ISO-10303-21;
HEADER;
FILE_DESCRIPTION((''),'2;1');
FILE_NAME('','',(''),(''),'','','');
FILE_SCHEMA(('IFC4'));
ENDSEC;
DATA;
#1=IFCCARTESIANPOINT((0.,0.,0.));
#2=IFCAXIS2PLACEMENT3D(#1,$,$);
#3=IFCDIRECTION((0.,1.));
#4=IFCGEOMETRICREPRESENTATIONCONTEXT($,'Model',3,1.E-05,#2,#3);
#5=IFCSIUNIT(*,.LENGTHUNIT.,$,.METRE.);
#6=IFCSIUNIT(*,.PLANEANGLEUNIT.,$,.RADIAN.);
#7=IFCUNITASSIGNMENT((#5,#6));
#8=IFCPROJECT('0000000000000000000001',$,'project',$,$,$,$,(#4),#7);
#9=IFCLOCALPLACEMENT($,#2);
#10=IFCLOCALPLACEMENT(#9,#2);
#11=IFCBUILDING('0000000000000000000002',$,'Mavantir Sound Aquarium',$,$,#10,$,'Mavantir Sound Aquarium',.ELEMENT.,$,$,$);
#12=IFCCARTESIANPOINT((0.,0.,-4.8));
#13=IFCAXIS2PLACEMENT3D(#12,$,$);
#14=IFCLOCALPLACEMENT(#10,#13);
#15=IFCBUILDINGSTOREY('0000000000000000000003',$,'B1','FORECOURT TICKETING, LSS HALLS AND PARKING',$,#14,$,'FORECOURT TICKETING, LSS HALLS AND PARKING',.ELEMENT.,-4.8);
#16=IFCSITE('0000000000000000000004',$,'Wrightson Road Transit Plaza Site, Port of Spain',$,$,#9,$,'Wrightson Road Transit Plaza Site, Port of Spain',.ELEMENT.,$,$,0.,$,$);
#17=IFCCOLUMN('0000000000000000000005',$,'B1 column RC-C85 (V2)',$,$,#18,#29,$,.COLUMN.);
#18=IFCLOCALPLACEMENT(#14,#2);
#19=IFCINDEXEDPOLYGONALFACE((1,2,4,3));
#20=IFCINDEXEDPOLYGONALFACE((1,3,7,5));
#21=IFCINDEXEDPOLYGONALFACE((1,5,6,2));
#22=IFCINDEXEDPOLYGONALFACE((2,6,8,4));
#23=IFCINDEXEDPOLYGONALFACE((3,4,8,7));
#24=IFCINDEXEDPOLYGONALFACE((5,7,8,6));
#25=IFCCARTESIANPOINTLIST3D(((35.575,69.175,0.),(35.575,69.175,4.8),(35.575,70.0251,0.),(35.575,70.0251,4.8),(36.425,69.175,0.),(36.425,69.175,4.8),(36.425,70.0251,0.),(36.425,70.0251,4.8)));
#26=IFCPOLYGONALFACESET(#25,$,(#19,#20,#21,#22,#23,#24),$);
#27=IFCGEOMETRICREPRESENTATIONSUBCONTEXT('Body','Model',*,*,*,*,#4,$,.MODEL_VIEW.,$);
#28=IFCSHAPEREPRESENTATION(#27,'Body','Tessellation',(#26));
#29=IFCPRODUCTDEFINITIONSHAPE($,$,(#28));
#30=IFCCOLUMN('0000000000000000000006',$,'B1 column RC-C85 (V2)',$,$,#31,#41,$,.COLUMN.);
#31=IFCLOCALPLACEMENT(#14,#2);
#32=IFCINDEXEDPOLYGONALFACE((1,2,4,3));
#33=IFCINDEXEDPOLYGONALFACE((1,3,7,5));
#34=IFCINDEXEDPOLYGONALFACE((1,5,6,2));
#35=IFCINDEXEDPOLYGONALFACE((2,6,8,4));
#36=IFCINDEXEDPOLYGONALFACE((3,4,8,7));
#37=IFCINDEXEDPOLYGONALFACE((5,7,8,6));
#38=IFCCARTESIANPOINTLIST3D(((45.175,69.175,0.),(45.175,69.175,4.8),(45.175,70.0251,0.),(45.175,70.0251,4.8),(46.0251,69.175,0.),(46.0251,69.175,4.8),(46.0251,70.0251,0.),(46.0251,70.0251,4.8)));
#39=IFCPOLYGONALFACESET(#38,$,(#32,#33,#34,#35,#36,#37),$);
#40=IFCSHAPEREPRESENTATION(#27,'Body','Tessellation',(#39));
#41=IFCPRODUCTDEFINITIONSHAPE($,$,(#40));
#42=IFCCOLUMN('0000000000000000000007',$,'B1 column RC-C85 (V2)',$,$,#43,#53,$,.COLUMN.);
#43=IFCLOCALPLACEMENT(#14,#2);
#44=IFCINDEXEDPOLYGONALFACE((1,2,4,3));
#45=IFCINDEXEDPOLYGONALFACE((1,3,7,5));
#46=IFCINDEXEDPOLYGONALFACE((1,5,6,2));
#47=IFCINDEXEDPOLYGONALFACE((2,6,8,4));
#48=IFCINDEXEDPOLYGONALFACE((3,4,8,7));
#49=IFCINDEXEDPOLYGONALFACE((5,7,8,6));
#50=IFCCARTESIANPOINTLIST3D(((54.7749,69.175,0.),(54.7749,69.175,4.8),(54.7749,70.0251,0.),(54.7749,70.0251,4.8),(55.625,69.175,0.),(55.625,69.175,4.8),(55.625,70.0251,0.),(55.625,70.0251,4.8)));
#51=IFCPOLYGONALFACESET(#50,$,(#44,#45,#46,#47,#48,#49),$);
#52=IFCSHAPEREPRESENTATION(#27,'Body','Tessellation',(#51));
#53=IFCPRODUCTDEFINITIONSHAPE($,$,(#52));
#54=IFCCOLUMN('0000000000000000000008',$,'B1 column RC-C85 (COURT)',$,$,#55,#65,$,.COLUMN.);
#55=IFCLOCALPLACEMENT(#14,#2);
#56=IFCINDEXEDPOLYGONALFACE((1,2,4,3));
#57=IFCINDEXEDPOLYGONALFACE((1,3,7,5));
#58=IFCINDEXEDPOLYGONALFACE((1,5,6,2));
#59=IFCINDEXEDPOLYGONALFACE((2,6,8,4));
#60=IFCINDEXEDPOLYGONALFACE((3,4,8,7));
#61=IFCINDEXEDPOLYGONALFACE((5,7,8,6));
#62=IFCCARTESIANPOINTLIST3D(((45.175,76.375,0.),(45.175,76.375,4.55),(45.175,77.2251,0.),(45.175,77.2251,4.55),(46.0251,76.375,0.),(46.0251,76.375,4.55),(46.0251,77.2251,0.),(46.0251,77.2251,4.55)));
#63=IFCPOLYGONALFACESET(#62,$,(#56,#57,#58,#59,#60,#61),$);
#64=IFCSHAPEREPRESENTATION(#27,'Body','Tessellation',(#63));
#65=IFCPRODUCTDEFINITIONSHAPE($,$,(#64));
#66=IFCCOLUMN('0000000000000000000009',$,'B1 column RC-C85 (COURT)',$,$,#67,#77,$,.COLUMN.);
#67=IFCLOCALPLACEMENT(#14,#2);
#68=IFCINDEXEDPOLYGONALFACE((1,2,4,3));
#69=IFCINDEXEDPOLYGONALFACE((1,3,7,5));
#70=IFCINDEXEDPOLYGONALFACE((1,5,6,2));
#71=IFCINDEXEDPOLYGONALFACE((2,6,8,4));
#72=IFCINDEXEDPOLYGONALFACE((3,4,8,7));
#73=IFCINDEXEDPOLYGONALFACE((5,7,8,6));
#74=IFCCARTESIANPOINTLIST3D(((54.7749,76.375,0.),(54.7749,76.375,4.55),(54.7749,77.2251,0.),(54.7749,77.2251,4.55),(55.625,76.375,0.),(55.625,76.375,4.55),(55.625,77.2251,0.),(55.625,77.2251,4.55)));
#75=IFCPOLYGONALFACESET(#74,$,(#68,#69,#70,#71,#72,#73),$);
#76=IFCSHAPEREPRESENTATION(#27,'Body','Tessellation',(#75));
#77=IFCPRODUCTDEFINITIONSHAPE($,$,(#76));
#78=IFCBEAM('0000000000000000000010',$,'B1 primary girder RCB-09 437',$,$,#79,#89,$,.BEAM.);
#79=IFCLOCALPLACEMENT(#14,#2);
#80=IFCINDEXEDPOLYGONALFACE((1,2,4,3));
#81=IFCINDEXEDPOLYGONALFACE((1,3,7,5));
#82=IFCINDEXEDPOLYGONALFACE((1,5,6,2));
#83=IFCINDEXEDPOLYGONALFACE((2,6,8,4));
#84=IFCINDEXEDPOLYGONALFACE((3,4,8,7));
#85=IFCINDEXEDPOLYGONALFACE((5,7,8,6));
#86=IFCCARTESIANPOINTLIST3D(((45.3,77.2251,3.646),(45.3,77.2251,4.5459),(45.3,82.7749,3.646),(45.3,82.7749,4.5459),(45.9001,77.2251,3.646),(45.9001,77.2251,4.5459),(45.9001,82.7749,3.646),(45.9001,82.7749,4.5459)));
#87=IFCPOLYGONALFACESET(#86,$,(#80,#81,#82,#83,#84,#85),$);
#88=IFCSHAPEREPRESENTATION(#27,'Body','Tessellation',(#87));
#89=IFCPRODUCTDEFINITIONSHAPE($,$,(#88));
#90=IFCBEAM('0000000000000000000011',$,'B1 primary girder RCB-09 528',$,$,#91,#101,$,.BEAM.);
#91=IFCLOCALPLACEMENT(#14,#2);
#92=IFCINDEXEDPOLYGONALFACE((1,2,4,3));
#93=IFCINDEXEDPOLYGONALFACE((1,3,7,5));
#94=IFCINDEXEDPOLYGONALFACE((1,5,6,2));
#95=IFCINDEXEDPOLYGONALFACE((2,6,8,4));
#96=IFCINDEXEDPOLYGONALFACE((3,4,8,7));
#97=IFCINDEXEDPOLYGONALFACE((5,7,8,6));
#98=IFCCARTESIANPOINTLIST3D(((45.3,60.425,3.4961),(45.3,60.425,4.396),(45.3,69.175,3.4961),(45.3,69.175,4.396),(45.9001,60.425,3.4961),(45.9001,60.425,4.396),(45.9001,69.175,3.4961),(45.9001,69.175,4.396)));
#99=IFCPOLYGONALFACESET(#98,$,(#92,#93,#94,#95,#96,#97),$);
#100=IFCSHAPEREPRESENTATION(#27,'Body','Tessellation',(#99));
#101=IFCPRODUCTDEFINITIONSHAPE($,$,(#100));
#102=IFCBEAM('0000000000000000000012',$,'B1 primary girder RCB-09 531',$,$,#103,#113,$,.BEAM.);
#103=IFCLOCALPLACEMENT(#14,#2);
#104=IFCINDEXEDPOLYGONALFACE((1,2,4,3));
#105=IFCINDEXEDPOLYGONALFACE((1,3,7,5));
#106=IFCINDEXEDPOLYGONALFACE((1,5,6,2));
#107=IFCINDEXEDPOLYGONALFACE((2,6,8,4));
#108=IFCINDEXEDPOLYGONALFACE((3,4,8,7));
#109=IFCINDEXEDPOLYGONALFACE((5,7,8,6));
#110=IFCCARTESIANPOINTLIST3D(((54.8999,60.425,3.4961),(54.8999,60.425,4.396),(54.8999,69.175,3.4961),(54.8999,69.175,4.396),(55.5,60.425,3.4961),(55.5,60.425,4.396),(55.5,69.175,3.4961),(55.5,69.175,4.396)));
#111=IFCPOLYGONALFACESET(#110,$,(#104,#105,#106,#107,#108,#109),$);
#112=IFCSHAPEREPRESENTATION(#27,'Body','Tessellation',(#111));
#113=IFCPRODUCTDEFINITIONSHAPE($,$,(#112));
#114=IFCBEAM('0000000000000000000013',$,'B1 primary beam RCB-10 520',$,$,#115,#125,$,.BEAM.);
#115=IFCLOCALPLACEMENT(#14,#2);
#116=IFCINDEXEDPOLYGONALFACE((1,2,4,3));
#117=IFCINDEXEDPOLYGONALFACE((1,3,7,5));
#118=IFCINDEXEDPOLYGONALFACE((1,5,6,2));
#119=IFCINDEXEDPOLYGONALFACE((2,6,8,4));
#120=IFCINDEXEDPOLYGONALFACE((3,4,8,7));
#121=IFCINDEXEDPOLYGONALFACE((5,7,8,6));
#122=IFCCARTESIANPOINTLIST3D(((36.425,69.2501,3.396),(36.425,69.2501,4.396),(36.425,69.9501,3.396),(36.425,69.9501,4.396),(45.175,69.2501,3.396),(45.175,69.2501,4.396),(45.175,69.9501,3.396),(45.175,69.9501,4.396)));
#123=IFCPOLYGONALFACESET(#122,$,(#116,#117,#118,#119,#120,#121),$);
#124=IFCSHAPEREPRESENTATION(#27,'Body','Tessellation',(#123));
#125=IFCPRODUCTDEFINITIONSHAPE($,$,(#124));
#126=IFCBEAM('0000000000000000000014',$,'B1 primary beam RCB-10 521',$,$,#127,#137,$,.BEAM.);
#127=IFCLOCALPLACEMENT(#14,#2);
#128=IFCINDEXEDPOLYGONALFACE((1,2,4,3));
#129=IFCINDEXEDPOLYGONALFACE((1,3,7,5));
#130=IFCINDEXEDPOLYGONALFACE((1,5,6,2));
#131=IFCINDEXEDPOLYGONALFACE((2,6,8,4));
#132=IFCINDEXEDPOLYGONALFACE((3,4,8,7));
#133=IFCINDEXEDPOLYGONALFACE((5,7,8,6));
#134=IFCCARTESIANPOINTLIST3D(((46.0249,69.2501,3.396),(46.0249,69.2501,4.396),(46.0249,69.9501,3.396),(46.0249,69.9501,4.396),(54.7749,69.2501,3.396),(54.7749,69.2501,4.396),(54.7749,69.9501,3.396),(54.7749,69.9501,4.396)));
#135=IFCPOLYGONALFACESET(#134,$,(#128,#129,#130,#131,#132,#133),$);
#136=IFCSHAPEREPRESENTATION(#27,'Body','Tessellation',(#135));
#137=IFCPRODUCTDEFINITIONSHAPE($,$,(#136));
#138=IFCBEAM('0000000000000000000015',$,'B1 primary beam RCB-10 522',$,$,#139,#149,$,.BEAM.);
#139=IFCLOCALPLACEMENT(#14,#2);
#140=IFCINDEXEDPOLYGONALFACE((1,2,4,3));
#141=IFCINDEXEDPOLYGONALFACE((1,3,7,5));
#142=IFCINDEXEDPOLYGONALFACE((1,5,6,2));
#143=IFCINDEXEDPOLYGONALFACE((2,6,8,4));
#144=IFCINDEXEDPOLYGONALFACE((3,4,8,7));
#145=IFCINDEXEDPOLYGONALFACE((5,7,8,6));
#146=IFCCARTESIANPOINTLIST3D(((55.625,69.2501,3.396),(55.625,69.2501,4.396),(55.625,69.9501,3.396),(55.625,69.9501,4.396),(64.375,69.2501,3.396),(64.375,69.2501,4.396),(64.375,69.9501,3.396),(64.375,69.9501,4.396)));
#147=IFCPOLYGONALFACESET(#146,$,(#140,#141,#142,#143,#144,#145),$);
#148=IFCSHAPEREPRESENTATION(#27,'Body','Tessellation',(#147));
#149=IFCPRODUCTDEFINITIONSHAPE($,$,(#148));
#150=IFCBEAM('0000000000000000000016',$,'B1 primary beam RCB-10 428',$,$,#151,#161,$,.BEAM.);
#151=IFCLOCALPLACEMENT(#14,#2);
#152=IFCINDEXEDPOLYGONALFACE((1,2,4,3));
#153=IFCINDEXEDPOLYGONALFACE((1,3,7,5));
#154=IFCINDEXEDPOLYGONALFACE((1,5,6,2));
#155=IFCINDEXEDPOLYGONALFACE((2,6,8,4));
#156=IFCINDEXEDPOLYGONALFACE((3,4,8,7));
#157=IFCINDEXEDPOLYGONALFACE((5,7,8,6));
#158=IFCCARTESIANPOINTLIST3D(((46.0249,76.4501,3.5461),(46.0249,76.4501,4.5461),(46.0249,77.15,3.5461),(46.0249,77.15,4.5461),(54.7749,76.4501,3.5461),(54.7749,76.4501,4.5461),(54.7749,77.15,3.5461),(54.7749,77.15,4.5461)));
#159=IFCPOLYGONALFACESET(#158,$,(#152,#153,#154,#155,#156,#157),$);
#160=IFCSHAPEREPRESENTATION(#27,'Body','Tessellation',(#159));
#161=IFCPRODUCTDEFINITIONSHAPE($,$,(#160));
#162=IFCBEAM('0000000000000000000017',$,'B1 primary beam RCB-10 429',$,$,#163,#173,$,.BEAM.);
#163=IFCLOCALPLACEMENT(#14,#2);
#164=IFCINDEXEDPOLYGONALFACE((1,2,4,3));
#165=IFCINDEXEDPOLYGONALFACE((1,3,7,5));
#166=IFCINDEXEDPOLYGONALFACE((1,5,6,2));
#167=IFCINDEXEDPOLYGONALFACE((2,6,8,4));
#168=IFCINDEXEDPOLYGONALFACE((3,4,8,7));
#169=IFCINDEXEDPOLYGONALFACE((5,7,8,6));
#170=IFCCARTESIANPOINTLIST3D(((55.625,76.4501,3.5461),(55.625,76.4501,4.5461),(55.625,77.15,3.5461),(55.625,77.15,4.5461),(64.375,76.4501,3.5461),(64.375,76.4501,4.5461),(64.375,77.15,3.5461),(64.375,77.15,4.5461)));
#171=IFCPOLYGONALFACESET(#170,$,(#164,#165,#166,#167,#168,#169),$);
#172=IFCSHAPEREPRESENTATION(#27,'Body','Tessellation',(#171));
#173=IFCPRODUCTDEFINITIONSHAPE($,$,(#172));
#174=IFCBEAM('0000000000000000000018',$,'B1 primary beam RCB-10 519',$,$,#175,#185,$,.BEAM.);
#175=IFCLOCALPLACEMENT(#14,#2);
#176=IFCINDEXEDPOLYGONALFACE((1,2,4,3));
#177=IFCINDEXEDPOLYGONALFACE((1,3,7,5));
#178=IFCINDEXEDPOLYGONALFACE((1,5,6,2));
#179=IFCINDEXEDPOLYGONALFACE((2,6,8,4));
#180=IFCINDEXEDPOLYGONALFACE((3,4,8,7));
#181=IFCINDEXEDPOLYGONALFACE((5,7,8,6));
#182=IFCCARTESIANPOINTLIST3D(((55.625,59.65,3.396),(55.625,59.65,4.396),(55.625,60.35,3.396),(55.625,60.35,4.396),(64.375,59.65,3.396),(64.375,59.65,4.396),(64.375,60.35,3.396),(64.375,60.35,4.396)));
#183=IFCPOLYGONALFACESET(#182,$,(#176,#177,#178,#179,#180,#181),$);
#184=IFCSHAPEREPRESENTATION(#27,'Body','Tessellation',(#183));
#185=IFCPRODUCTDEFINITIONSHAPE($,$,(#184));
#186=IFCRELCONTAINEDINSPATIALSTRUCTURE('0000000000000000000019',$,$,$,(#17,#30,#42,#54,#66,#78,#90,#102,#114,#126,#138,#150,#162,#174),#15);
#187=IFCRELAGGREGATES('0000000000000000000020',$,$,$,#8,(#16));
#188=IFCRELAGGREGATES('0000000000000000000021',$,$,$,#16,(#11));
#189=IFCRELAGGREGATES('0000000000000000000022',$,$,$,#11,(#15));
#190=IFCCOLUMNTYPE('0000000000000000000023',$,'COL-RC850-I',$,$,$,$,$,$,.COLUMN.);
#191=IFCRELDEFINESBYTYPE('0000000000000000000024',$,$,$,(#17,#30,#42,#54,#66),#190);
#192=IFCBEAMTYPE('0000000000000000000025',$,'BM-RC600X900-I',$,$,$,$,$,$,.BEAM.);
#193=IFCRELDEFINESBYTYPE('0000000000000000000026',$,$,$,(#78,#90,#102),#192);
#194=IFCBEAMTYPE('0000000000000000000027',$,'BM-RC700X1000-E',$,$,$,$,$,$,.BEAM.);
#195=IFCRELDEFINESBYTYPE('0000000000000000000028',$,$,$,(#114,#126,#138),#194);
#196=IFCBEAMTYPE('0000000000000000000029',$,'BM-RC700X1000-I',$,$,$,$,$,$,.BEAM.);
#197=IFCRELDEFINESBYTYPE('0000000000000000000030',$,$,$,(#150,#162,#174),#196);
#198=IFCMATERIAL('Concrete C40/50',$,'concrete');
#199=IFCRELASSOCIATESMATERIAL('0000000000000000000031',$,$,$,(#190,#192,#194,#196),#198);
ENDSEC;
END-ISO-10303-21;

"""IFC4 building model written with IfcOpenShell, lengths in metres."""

from ifc_helpers import new_model, si_unit, direction, frame, origin, origin_2d, place, context, subcontext, project, spatial, rectangle, extrude, material, material_profile, profile_set, type_object, element, save


model = new_model("IFC4")

# Units and contexts
model_context = context("Model", 3, precision=1e-05, world=origin(), true_north=direction((0.0, 1.0)))
body_context = subcontext(model_context, "Body", "Model", "MODEL_VIEW")
ifc_project = project(units=[si_unit("LENGTHUNIT", "METRE"), si_unit("PLANEANGLEUNIT", "RADIAN")], contexts=[model_context])

# Site, building, storey
site_placement = place(None, origin())
site = spatial("IfcSite", under=ifc_project, at=site_placement, Name="Wrightson Road Transit Plaza Site, Port of Spain", LongName="Wrightson Road Transit Plaza Site, Port of Spain", CompositionType="ELEMENT", RefElevation=0.0)
building_placement = place(site_placement, origin())
building = spatial("IfcBuilding", under=site, at=building_placement, Name="Mavantir Sound Aquarium", LongName="Mavantir Sound Aquarium", CompositionType="ELEMENT")
storey_placement = place(building_placement, frame((0.0, 0.0, -4.8)))
storey = spatial("IfcBuildingStorey", under=building, at=storey_placement, Name="B1", Description="FORECOURT TICKETING, LSS HALLS AND PARKING", LongName="FORECOURT TICKETING, LSS HALLS AND PARKING", CompositionType="ELEMENT", Elevation=-4.8)

# Columns
ifc_material_1 = material(Name="Concrete C40/50", Category="concrete")
ifc_material_profile_1 = material_profile(ifc_material_1, rectangle(XDim=0.8501, YDim=0.8501, at=origin_2d()), Name="RC 850X850")
ifc_profile_set_1 = profile_set([ifc_material_profile_1], Name="Concrete C40/50")
column_type = type_object("IfcColumnType", Name="COL-RC850-I", PredefinedType="COLUMN", material=ifc_profile_set_1)
for number, where, z_axis, x_axis, name in (
    (1, (36.0, 69.6001, 0.0), (0.0, 0.0, 1.0), (1.0, 0.0, 0.0), "B1 column RC-C85 (V2)"),
    (2, (45.6001, 69.6001, 0.0), (0.0, 0.0, 1.0), (1.0, 0.0, 0.0), "B1 column RC-C85 (V2)"),
    (3, (55.2, 69.6001, 0.0), (0.0, 0.0, 1.0), (1.0, 0.0, 0.0), "B1 column RC-C85 (V2)"),
):
    element("IfcColumn", number, at=place(storey_placement, frame(where, z_axis=z_axis, x_axis=x_axis)), inside=storey, type_object=column_type, Name=name, PredefinedType="COLUMN", context=body_context, shape_type="SweptSolid", body=[
        extrude(rectangle(XDim=0.8501, YDim=0.8501, at=origin_2d()), origin(), (0.0, 0.0, 1.0), 4.8),
    ])
for number, where, z_axis, x_axis, name in (
    (4, (45.6001, 76.8, 0.0), (0.0, 0.0, 1.0), (1.0, 0.0, 0.0), "B1 column RC-C85 (COURT)"),
    (5, (55.2, 76.8, 0.0), (0.0, 0.0, 1.0), (1.0, 0.0, 0.0), "B1 column RC-C85 (COURT)"),
):
    element("IfcColumn", number, at=place(storey_placement, frame(where, z_axis=z_axis, x_axis=x_axis)), inside=storey, type_object=column_type, Name=name, PredefinedType="COLUMN", context=body_context, shape_type="SweptSolid", body=[
        extrude(rectangle(XDim=0.8501, YDim=0.8501, at=origin_2d()), origin(), (0.0, 0.0, 1.0), 4.55),
    ])

# Beams
ifc_material_profile_2 = material_profile(ifc_material_1, rectangle(XDim=0.6001, YDim=0.8999, at=origin_2d()), Name="RC 600X900")
ifc_profile_set_2 = profile_set([ifc_material_profile_2], Name="Concrete C40/50")
beam_type_1 = type_object("IfcBeamType", Name="BM-RC600X900-I", PredefinedType="BEAM", material=ifc_profile_set_2)
beam_placement = place(storey_placement, frame((45.6001, 77.2251, 4.0959), z_axis=(0.0, 1.0, 0.0), x_axis=(-1.0, 0.0, 0.0)))
element("IfcBeam", 6, at=beam_placement, inside=storey, type_object=beam_type_1, Name="B1 primary girder RCB-09 437", PredefinedType="BEAM", context=body_context, shape_type="SweptSolid", body=[
    extrude(rectangle(XDim=0.6001, YDim=0.8999, at=origin_2d()), origin(), (0.0, 0.0, 1.0), 5.5498),
])
for number, where, z_axis, x_axis, name in (
    (7, (45.6001, 60.425, 3.946), (0.0, 1.0, 0.0), (-1.0, 0.0, 0.0), "B1 primary girder RCB-09 528"),
    (8, (55.2, 60.425, 3.946), (0.0, 1.0, 0.0), (-1.0, 0.0, 0.0), "B1 primary girder RCB-09 531"),
):
    element("IfcBeam", number, at=place(storey_placement, frame(where, z_axis=z_axis, x_axis=x_axis)), inside=storey, type_object=beam_type_1, Name=name, PredefinedType="BEAM", context=body_context, shape_type="SweptSolid", body=[
        extrude(rectangle(XDim=0.6001, YDim=0.8999, at=origin_2d()), origin(), (0.0, 0.0, 1.0), 8.75),
    ])
ifc_material_profile_3 = material_profile(ifc_material_1, rectangle(XDim=0.7, YDim=1.0, at=origin_2d()), Name="RC 700X1000")
ifc_profile_set_3 = profile_set([ifc_material_profile_3], Name="Concrete C40/50")
beam_type_2 = type_object("IfcBeamType", Name="BM-RC700X1000-E", PredefinedType="BEAM", material=ifc_profile_set_3)
for number, where, z_axis, x_axis, name in (
    (9, (36.425, 69.6001, 3.896), (1.0, 0.0, 0.0), (0.0, 1.0, 0.0), "B1 primary beam RCB-10 520"),
    (10, (46.0249, 69.6001, 3.896), (1.0, 0.0, 0.0), (0.0, 1.0, 0.0), "B1 primary beam RCB-10 521"),
    (11, (55.625, 69.6001, 3.896), (1.0, 0.0, 0.0), (0.0, 1.0, 0.0), "B1 primary beam RCB-10 522"),
):
    element("IfcBeam", number, at=place(storey_placement, frame(where, z_axis=z_axis, x_axis=x_axis)), inside=storey, type_object=beam_type_2, Name=name, PredefinedType="BEAM", context=body_context, shape_type="SweptSolid", body=[
        extrude(rectangle(XDim=0.7, YDim=1.0, at=origin_2d()), origin(), (0.0, 0.0, 1.0), 8.75),
    ])
ifc_material_profile_4 = material_profile(ifc_material_1, rectangle(XDim=0.7, YDim=1.0, at=origin_2d()), Name="RC 700X1000")
ifc_profile_set_4 = profile_set([ifc_material_profile_4], Name="Concrete C40/50")
beam_type_3 = type_object("IfcBeamType", Name="BM-RC700X1000-I", PredefinedType="BEAM", material=ifc_profile_set_4)
for number, where, z_axis, x_axis, name in (
    (12, (46.0249, 76.8, 4.0461), (1.0, 0.0, 0.0), (0.0, 1.0, 0.0), "B1 primary beam RCB-10 428"),
    (13, (55.625, 76.8, 4.0461), (1.0, 0.0, 0.0), (0.0, 1.0, 0.0), "B1 primary beam RCB-10 429"),
    (14, (55.625, 60.0, 3.896), (1.0, 0.0, 0.0), (0.0, 1.0, 0.0), "B1 primary beam RCB-10 519"),
):
    element("IfcBeam", number, at=place(storey_placement, frame(where, z_axis=z_axis, x_axis=x_axis)), inside=storey, type_object=beam_type_3, Name=name, PredefinedType="BEAM", context=body_context, shape_type="SweptSolid", body=[
        extrude(rectangle(XDim=0.7, YDim=1.0, at=origin_2d()), origin(), (0.0, 0.0, 1.0), 8.75),
    ])

save(model, "model.ifc")
